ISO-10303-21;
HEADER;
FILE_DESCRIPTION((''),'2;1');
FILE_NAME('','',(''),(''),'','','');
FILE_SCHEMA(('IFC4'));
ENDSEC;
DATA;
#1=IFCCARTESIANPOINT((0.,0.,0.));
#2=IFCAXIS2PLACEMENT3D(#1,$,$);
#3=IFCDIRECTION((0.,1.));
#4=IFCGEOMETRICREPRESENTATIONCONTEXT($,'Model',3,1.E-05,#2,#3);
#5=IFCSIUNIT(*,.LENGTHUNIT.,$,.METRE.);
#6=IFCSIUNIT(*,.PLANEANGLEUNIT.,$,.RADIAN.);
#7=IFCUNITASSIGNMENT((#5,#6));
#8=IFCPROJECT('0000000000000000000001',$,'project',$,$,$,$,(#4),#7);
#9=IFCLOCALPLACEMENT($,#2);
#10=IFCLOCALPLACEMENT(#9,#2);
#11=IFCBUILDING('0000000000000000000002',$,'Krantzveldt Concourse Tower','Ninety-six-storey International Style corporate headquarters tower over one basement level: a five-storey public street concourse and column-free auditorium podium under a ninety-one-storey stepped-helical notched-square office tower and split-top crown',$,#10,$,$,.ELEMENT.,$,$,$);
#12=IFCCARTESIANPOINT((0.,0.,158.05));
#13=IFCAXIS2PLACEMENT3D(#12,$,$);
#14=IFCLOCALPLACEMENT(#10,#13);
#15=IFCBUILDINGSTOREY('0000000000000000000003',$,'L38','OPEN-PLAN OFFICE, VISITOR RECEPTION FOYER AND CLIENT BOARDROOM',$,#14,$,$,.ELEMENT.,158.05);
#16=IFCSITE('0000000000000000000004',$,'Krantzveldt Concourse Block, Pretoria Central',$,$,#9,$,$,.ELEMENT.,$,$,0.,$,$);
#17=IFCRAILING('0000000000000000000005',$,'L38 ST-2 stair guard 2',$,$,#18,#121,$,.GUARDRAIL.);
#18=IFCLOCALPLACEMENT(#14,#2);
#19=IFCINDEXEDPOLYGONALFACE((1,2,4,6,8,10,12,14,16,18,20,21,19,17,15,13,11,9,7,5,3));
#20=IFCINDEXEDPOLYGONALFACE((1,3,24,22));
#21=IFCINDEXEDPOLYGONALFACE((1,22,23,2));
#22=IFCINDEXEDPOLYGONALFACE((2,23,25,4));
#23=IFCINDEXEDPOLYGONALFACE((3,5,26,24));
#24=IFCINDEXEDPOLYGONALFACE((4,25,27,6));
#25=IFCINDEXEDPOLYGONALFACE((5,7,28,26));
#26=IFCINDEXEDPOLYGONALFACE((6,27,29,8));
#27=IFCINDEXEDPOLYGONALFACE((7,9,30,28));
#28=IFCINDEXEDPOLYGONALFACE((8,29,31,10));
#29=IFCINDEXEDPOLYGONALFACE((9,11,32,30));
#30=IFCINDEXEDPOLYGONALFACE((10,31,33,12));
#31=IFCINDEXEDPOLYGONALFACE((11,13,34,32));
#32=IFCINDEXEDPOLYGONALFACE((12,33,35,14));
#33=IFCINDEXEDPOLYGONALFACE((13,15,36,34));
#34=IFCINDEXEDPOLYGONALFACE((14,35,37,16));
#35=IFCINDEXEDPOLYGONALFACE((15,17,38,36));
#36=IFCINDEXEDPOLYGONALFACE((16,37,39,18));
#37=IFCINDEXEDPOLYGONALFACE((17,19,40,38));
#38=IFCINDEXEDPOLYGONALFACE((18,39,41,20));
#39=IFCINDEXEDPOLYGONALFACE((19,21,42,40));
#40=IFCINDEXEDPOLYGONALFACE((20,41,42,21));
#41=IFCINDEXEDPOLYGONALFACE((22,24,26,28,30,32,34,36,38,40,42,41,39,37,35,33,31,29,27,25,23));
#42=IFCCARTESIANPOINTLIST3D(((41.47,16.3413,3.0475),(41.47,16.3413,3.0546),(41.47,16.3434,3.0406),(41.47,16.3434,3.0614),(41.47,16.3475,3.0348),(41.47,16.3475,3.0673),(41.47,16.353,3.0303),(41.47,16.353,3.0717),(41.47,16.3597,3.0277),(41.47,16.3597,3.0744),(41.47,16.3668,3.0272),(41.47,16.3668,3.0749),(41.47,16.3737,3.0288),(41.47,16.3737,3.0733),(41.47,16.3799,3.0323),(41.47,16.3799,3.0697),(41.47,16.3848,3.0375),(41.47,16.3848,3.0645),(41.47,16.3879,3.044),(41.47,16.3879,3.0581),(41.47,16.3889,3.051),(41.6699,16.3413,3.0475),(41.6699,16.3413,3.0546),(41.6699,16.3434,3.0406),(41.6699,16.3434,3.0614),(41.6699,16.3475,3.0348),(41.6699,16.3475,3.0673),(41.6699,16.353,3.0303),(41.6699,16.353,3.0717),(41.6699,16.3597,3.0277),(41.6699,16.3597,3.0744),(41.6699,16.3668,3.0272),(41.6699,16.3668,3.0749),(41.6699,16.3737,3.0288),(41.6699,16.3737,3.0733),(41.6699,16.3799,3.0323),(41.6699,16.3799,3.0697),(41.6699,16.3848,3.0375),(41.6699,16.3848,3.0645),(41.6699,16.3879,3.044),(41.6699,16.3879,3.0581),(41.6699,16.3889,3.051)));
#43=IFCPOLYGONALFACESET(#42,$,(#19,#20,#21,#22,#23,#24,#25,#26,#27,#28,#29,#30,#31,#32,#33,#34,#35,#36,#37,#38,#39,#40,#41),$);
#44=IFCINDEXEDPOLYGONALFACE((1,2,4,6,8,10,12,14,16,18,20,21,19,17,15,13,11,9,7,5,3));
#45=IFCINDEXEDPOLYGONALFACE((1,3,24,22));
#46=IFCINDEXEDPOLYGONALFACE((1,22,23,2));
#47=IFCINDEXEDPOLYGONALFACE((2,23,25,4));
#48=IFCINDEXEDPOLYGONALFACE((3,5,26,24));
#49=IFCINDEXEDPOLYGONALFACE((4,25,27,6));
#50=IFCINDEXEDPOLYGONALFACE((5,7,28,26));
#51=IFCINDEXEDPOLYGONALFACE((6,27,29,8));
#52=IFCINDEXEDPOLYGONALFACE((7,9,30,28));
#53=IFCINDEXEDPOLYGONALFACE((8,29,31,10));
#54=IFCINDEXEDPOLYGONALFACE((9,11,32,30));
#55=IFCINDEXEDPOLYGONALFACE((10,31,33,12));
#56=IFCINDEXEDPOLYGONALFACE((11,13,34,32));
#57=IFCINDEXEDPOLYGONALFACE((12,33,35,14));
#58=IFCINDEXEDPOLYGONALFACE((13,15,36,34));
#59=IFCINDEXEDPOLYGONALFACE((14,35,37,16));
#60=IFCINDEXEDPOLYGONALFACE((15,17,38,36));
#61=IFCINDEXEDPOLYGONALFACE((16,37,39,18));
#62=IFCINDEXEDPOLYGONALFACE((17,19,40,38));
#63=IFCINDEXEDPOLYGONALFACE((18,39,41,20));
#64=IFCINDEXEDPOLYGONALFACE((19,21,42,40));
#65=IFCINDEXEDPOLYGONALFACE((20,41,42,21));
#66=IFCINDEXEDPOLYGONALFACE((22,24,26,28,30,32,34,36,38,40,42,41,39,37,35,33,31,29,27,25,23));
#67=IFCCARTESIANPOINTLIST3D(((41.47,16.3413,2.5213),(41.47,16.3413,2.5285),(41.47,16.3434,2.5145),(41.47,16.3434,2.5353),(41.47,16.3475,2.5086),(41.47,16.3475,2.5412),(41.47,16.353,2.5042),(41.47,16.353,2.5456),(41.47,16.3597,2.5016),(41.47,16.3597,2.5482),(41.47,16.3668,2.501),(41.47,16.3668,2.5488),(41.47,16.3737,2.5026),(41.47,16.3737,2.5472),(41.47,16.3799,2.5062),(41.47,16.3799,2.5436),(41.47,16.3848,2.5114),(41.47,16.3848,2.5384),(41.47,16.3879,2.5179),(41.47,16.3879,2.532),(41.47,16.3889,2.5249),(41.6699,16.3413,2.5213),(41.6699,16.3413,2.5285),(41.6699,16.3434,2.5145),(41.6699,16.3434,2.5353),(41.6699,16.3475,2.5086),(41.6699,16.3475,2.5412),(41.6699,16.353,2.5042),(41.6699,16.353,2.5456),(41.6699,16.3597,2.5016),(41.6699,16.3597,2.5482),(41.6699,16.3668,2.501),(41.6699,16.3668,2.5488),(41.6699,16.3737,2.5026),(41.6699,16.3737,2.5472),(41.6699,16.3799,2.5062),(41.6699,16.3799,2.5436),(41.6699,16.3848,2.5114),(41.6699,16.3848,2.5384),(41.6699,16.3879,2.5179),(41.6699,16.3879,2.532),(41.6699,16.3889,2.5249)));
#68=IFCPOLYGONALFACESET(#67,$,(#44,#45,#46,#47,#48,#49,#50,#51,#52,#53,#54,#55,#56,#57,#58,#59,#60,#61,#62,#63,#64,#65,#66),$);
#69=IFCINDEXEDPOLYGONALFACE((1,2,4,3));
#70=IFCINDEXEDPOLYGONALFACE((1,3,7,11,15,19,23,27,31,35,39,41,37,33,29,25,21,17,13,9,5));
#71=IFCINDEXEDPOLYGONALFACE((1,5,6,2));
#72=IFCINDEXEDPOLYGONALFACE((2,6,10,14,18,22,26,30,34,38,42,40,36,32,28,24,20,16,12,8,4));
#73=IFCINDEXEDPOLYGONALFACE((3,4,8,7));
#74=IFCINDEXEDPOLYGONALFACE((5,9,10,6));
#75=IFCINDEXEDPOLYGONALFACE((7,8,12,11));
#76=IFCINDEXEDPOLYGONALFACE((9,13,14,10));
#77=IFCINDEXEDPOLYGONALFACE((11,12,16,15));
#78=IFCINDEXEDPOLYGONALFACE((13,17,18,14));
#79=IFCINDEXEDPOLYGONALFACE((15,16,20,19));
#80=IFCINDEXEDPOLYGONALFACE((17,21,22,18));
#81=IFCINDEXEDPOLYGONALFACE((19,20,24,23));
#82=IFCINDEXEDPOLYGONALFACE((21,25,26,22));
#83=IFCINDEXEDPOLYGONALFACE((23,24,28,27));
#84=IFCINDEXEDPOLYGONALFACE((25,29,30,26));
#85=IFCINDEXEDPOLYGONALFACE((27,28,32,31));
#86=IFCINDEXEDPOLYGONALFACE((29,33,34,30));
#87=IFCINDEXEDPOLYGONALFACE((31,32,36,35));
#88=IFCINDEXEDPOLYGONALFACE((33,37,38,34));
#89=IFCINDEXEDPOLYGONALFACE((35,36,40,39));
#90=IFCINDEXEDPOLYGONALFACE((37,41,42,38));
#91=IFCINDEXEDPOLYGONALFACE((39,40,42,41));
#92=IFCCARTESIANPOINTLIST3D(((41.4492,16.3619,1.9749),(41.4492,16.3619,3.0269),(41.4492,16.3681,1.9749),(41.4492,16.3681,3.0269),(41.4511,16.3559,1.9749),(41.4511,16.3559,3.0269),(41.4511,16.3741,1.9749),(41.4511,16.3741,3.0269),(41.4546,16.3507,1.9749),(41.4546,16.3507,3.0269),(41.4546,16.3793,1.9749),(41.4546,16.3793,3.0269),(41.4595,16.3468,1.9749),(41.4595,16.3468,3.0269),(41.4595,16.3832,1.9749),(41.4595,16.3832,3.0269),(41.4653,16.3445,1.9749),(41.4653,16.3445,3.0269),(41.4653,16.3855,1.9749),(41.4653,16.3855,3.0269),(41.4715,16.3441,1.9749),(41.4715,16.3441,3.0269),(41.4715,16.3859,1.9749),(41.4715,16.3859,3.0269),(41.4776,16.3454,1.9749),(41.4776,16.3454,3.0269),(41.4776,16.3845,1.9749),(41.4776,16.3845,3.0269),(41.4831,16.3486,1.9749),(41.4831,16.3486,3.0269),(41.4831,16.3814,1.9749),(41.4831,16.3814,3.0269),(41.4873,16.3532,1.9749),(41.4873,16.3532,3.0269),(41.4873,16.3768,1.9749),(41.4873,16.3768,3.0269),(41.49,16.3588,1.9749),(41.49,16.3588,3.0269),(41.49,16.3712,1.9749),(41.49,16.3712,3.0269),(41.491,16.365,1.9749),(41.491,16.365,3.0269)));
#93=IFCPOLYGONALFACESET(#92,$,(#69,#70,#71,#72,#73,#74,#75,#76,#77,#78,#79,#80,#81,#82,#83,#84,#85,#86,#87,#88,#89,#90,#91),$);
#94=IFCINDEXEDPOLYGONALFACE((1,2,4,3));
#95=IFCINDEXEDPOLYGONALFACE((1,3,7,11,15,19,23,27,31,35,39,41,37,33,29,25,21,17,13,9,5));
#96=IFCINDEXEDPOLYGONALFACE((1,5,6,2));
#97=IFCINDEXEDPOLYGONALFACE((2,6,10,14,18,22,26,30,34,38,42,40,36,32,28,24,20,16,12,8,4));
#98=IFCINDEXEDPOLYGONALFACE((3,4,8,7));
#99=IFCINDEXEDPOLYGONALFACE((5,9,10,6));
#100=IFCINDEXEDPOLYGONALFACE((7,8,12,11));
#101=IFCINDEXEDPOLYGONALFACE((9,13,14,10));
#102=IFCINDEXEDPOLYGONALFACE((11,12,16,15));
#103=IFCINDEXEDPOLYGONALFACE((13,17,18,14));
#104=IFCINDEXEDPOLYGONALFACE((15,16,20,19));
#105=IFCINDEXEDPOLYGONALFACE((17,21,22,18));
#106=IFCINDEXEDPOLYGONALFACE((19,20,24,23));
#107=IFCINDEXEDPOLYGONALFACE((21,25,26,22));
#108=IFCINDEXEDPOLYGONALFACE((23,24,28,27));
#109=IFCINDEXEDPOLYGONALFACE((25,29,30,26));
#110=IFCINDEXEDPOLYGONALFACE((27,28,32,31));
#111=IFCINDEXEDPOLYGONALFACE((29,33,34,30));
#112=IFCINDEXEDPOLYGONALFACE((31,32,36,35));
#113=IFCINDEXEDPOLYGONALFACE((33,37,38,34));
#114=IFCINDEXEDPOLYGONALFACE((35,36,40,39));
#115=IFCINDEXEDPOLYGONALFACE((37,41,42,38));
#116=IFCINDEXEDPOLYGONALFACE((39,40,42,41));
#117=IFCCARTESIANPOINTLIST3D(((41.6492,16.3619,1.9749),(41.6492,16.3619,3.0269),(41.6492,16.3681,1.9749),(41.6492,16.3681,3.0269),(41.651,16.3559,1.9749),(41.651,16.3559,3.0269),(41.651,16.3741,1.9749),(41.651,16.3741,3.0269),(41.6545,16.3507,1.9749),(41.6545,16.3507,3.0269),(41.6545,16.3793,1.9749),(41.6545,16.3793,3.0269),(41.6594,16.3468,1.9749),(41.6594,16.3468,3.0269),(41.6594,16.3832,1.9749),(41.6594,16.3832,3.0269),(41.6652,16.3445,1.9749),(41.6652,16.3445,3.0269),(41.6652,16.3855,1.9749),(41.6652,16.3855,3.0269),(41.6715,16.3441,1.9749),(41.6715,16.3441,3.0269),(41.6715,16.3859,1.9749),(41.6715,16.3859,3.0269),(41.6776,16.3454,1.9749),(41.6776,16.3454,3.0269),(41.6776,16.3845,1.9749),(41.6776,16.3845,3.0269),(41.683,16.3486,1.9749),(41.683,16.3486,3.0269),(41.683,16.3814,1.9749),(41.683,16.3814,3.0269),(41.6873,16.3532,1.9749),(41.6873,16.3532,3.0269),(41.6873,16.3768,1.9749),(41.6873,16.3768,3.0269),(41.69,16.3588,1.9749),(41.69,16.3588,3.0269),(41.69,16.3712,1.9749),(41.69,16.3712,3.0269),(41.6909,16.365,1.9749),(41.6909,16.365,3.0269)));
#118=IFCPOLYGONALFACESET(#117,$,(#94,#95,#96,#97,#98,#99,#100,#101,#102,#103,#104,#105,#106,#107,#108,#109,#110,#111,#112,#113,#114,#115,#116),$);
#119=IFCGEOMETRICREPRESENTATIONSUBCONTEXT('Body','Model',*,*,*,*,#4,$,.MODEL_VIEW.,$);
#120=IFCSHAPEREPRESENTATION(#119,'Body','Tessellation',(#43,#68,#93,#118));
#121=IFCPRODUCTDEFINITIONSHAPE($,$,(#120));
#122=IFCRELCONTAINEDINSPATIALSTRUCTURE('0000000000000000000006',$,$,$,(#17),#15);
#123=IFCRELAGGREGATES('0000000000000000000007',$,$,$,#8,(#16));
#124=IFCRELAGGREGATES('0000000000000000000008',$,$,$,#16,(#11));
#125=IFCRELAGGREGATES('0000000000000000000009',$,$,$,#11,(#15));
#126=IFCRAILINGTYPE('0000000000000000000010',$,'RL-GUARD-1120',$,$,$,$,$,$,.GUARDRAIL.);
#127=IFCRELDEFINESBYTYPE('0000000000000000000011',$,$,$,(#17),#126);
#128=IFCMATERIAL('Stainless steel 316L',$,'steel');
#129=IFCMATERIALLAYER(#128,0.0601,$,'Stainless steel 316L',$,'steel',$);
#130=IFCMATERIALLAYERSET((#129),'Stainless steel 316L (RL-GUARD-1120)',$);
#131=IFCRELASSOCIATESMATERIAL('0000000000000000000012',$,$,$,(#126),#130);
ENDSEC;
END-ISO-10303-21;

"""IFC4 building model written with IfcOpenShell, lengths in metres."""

from ifc_helpers import new_model, si_unit, direction, frame, origin, origin_2d, place, context, subcontext, project, spatial, circle, extrude, material, layer, layer_set, type_object, element, save


model = new_model("IFC4")

# Units and contexts
model_context = context("Model", 3, precision=1e-05, world=origin(), true_north=direction((0.0, 1.0)))
body_context = subcontext(model_context, "Body", "Model", "MODEL_VIEW")
ifc_project = project(units=[si_unit("LENGTHUNIT", "METRE"), si_unit("PLANEANGLEUNIT", "RADIAN")], contexts=[model_context])

# Site, building, storey
site_placement = place(None, origin())
site = spatial("IfcSite", under=ifc_project, at=site_placement, Name="Krantzveldt Concourse Block, Pretoria Central", CompositionType="ELEMENT", RefElevation=0.0)
building_placement = place(site_placement, origin())
building = spatial("IfcBuilding", under=site, at=building_placement, Name="Krantzveldt Concourse Tower", Description="Ninety-six-storey International Style corporate headquarters tower over one basement level: a five-storey public street concourse and column-free auditorium podium under a ninety-one-storey stepped-helical notched-square office tower and split-top crown", CompositionType="ELEMENT")
storey_placement = place(building_placement, frame((0.0, 0.0, 158.05)))
storey = spatial("IfcBuildingStorey", under=building, at=storey_placement, Name="L38", Description="OPEN-PLAN OFFICE, VISITOR RECEPTION FOYER AND CLIENT BOARDROOM", CompositionType="ELEMENT", Elevation=158.05)

# Shared definitions
ifc_material_1 = material(Name="Stainless steel 316L", Category="steel")

# Railing
ifc_layer_1 = layer(ifc_material_1, 0.0601, Name="Stainless steel 316L", Category="steel")
ifc_layer_set_1 = layer_set([ifc_layer_1], Name="Stainless steel 316L (RL-GUARD-1120)")
railing_type_1 = type_object("IfcRailingType", Name="RL-GUARD-1120", PredefinedType="GUARDRAIL", material=ifc_layer_set_1)
railing_1_placement = place(storey_placement, frame((41.47, 16.365, 1.9749)))
element("IfcRailing", 1, at=railing_1_placement, inside=storey, type_object=railing_type_1, Name="L38 ST-2 stair guard 2", PredefinedType="GUARDRAIL", context=body_context, shape_type="SweptSolid", body=[
    extrude(circle(Radius=0.0239, at=origin_2d()), frame((0.0, 0.0, 1.0762), z_axis=(1.0, 0.0, 0.0), x_axis=(0.0, 1.0, 0.0)), (0.0, 0.0, 1.0), 0.2),
    extrude(circle(Radius=0.0239, at=origin_2d()), frame((0.0, 0.0, 0.55), z_axis=(1.0, 0.0, 0.0), x_axis=(0.0, 1.0, 0.0)), (0.0, 0.0, 1.0), 0.2),
    extrude(circle(Radius=0.021, at=origin_2d()), origin(), (0.0, 0.0, 1.0), 1.052),
    extrude(circle(Radius=0.021, at=origin_2d()), frame((0.2, 0.0, 0.0)), (0.0, 0.0, 1.0), 1.052),
])

save(model, "model.ifc")
